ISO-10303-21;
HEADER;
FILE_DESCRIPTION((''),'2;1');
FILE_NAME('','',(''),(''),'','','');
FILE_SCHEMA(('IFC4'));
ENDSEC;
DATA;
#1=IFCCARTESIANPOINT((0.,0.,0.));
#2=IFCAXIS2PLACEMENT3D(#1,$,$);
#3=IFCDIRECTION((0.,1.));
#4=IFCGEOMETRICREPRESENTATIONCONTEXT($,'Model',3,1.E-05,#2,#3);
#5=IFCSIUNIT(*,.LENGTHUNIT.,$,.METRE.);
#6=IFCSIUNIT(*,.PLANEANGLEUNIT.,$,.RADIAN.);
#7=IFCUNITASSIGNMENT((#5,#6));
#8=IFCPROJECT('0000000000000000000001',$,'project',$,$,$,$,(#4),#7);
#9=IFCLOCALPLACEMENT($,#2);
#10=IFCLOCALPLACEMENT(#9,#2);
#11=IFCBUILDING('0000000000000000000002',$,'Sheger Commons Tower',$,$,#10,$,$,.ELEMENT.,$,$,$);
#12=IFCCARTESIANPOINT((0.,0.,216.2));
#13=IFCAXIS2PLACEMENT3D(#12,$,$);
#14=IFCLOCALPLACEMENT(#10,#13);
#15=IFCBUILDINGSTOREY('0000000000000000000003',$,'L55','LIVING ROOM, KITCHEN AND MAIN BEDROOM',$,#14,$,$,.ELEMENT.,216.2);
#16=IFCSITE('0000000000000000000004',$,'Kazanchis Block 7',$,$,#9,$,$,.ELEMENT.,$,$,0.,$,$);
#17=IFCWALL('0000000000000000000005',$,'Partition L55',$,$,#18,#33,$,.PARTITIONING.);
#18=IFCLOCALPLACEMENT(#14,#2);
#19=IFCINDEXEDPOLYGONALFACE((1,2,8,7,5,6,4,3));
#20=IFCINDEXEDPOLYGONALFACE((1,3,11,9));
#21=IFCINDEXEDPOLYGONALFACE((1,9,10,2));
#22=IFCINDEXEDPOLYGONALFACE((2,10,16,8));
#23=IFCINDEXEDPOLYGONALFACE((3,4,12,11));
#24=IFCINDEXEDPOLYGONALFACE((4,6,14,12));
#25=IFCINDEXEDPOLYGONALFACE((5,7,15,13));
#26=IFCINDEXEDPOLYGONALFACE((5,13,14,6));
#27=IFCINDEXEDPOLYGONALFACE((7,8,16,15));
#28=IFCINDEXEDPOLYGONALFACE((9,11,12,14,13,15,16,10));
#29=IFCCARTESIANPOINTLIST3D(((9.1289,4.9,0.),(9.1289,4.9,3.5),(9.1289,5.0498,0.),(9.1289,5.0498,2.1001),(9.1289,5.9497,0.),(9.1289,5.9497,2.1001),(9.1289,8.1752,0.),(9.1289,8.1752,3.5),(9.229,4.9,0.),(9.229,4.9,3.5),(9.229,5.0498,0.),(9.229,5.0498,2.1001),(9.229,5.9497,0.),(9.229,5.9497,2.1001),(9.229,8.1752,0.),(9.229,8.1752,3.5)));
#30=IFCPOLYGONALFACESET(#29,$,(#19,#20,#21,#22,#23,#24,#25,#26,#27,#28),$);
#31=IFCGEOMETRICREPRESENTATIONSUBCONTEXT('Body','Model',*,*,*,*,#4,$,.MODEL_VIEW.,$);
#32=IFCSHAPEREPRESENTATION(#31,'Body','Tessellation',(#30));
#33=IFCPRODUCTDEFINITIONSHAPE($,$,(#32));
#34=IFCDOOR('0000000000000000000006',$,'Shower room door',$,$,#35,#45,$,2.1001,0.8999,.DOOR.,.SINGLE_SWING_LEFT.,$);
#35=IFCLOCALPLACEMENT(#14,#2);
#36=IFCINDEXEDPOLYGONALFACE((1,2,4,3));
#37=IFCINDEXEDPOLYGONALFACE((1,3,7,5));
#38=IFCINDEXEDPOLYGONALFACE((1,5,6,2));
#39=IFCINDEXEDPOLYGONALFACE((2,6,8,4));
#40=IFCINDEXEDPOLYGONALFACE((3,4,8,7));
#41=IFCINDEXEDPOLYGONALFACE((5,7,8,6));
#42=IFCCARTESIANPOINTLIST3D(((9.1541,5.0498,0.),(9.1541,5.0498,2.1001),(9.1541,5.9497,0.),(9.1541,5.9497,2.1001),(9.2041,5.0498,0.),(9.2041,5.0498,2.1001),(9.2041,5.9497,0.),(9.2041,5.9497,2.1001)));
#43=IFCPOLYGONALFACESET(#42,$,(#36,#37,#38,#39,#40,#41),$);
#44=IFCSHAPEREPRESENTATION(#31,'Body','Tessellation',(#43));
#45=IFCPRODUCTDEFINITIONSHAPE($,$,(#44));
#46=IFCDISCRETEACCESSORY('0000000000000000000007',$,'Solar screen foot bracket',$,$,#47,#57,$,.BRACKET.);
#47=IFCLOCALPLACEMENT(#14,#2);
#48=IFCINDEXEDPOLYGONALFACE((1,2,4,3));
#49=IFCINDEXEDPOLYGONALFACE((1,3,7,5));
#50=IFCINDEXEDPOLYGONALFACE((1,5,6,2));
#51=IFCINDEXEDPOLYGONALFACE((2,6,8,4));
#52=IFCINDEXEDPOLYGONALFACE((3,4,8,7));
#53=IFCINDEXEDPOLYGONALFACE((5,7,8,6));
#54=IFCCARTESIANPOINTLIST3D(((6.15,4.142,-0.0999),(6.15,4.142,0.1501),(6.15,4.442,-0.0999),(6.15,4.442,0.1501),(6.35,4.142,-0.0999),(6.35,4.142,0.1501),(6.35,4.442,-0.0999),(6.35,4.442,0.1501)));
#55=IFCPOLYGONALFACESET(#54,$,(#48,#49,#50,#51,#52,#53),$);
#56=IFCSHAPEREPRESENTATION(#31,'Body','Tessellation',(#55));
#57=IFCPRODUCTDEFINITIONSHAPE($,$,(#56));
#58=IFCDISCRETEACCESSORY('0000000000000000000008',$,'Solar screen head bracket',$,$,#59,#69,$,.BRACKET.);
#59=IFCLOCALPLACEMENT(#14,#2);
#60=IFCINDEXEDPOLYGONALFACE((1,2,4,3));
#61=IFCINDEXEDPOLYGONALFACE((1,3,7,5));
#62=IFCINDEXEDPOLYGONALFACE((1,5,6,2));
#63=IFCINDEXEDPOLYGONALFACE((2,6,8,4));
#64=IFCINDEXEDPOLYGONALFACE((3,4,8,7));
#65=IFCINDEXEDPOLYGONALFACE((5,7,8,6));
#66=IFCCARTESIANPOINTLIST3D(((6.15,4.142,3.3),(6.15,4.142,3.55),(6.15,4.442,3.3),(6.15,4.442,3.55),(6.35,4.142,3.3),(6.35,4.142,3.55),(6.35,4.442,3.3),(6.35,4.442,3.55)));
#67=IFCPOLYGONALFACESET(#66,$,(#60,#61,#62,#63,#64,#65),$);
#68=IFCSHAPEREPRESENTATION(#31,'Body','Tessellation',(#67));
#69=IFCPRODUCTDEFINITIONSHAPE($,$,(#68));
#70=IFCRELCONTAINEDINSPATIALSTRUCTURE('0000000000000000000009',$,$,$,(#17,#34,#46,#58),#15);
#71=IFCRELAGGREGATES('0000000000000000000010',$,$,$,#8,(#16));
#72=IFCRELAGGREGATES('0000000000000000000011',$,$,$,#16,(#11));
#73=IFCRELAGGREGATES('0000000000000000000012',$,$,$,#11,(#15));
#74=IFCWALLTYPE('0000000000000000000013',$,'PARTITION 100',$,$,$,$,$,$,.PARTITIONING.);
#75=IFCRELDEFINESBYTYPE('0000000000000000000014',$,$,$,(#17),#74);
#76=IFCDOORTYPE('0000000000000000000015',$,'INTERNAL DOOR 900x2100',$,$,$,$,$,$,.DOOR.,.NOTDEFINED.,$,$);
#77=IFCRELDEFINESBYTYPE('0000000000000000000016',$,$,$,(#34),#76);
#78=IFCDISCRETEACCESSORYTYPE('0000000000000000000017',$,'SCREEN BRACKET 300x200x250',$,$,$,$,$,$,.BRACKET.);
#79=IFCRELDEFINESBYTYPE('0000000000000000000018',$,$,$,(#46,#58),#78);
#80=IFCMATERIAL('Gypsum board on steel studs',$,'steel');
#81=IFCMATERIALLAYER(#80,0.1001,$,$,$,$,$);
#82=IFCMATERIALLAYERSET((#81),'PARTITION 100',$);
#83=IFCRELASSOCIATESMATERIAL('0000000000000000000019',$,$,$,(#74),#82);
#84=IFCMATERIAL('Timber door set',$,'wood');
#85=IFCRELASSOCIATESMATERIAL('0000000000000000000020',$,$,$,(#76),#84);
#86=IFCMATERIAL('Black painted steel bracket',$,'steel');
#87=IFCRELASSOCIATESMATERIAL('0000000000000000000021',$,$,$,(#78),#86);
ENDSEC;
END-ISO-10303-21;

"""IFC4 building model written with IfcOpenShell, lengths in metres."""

from ifc_helpers import new_model, si_unit, direction, frame, frame_2d, origin, origin_2d, place, context, subcontext, project, spatial, rectangle, extrude, material, layer, layer_set, type_object, element, fill, save


model = new_model("IFC4")

# Units and contexts
model_context = context("Model", 3, precision=1e-05, world=origin(), true_north=direction((0.0, 1.0)))
body_context = subcontext(model_context, "Body", "Model", "MODEL_VIEW")
ifc_project = project(units=[si_unit("LENGTHUNIT", "METRE"), si_unit("PLANEANGLEUNIT", "RADIAN")], contexts=[model_context])

# Site, building, storey
site_placement = place(None, origin())
site = spatial("IfcSite", under=ifc_project, at=site_placement, Name="Kazanchis Block 7", CompositionType="ELEMENT", RefElevation=0.0)
building_placement = place(site_placement, origin())
building = spatial("IfcBuilding", under=site, at=building_placement, Name="Sheger Commons Tower", CompositionType="ELEMENT")
storey_placement = place(building_placement, frame((0.0, 0.0, 216.2)))
storey = spatial("IfcBuildingStorey", under=building, at=storey_placement, Name="L55", Description="LIVING ROOM, KITCHEN AND MAIN BEDROOM", CompositionType="ELEMENT", Elevation=216.2)

# Shared definitions
ifc_material_1 = material(Name="Gypsum board on steel studs", Category="steel")
ifc_layer_1 = layer(ifc_material_1, 0.1001)
ifc_layer_set_1 = layer_set([ifc_layer_1], Name="PARTITION 100")
wall_type = type_object("IfcWallType", Name="PARTITION 100", PredefinedType="PARTITIONING", material=ifc_layer_set_1)

# Wall, opening, door
wall_1_placement = place(storey_placement, frame((9.179, 4.8999, 0.0), z_axis=(0.0, 0.0, 1.0), x_axis=(0.0, 1.0, 0.0)))
wall_1 = element("IfcWall", 1, at=wall_1_placement, inside=storey, type_object=wall_type, Name="Partition L55", PredefinedType="PARTITIONING", context=body_context, shape_type="SweptSolid", body=[
    extrude(rectangle(XDim=3.2751, YDim=0.1001, at=frame_2d((1.6377, 0.0))), origin(), (0.0, 0.0, 1.0), 3.5),
])
opening_placement = place(wall_1_placement, frame((0.1499, 0.0, 0.0)))
opening = element("IfcOpeningElement", 2, at=opening_placement, cuts=wall_1, PredefinedType="OPENING", context=body_context, shape_type="SweptSolid", body=[
    extrude(rectangle(XDim=0.8999, YDim=2.1001, at=frame_2d((0.45, 1.05))), frame((0.0, 0.0601, 0.0), z_axis=(0.0, -1.0, 0.0), x_axis=(1.0, 0.0, 0.0)), (0.0, 0.0, 1.0), 0.1201),
])
ifc_material_2 = material(Name="Timber door set", Category="wood")
door_type = type_object("IfcDoorType", Name="INTERNAL DOOR 900x2100", OperationType="NOTDEFINED", PredefinedType="DOOR", material=ifc_material_2)
door_placement = place(opening_placement, origin())
door = element("IfcDoor", 3, at=door_placement, inside=storey, type_object=door_type, Name="Shower room door", OperationType="SINGLE_SWING_LEFT", OverallHeight=2.1001, OverallWidth=0.8999, PredefinedType="DOOR", context=body_context, shape_type="SweptSolid", body=[
    extrude(rectangle(XDim=0.8999, YDim=2.1001, at=frame_2d((0.45, 1.05))), frame((0.0, 0.0249, 0.0), z_axis=(0.0, -1.0, 0.0), x_axis=(1.0, 0.0, 0.0)), (0.0, 0.0, 1.0), 0.05),
])
fill(opening, door)

# Discrete accessories
ifc_material_3 = material(Name="Black painted steel bracket", Category="steel")
discrete_accessory_type = type_object("IfcDiscreteAccessoryType", Name="SCREEN BRACKET 300x200x250", PredefinedType="BRACKET", material=ifc_material_3)
for number, where, z_axis, x_axis, name in (
    (4, (6.25, 4.292, -0.0999), (0.0, 0.0, 1.0), (0.0, -1.0, 0.0), "Solar screen foot bracket"),
    (5, (6.25, 4.292, 3.3), (0.0, 0.0, 1.0), (0.0, -1.0, 0.0), "Solar screen head bracket"),
):
    element("IfcDiscreteAccessory", number, at=place(storey_placement, frame(where, z_axis=z_axis, x_axis=x_axis)), inside=storey, type_object=discrete_accessory_type, Name=name, PredefinedType="BRACKET", context=body_context, shape_type="SweptSolid", body=[
        extrude(rectangle(XDim=0.3, YDim=0.2, at=origin_2d()), origin(), (0.0, 0.0, 1.0), 0.25),
    ])

save(model, "model.ifc")
